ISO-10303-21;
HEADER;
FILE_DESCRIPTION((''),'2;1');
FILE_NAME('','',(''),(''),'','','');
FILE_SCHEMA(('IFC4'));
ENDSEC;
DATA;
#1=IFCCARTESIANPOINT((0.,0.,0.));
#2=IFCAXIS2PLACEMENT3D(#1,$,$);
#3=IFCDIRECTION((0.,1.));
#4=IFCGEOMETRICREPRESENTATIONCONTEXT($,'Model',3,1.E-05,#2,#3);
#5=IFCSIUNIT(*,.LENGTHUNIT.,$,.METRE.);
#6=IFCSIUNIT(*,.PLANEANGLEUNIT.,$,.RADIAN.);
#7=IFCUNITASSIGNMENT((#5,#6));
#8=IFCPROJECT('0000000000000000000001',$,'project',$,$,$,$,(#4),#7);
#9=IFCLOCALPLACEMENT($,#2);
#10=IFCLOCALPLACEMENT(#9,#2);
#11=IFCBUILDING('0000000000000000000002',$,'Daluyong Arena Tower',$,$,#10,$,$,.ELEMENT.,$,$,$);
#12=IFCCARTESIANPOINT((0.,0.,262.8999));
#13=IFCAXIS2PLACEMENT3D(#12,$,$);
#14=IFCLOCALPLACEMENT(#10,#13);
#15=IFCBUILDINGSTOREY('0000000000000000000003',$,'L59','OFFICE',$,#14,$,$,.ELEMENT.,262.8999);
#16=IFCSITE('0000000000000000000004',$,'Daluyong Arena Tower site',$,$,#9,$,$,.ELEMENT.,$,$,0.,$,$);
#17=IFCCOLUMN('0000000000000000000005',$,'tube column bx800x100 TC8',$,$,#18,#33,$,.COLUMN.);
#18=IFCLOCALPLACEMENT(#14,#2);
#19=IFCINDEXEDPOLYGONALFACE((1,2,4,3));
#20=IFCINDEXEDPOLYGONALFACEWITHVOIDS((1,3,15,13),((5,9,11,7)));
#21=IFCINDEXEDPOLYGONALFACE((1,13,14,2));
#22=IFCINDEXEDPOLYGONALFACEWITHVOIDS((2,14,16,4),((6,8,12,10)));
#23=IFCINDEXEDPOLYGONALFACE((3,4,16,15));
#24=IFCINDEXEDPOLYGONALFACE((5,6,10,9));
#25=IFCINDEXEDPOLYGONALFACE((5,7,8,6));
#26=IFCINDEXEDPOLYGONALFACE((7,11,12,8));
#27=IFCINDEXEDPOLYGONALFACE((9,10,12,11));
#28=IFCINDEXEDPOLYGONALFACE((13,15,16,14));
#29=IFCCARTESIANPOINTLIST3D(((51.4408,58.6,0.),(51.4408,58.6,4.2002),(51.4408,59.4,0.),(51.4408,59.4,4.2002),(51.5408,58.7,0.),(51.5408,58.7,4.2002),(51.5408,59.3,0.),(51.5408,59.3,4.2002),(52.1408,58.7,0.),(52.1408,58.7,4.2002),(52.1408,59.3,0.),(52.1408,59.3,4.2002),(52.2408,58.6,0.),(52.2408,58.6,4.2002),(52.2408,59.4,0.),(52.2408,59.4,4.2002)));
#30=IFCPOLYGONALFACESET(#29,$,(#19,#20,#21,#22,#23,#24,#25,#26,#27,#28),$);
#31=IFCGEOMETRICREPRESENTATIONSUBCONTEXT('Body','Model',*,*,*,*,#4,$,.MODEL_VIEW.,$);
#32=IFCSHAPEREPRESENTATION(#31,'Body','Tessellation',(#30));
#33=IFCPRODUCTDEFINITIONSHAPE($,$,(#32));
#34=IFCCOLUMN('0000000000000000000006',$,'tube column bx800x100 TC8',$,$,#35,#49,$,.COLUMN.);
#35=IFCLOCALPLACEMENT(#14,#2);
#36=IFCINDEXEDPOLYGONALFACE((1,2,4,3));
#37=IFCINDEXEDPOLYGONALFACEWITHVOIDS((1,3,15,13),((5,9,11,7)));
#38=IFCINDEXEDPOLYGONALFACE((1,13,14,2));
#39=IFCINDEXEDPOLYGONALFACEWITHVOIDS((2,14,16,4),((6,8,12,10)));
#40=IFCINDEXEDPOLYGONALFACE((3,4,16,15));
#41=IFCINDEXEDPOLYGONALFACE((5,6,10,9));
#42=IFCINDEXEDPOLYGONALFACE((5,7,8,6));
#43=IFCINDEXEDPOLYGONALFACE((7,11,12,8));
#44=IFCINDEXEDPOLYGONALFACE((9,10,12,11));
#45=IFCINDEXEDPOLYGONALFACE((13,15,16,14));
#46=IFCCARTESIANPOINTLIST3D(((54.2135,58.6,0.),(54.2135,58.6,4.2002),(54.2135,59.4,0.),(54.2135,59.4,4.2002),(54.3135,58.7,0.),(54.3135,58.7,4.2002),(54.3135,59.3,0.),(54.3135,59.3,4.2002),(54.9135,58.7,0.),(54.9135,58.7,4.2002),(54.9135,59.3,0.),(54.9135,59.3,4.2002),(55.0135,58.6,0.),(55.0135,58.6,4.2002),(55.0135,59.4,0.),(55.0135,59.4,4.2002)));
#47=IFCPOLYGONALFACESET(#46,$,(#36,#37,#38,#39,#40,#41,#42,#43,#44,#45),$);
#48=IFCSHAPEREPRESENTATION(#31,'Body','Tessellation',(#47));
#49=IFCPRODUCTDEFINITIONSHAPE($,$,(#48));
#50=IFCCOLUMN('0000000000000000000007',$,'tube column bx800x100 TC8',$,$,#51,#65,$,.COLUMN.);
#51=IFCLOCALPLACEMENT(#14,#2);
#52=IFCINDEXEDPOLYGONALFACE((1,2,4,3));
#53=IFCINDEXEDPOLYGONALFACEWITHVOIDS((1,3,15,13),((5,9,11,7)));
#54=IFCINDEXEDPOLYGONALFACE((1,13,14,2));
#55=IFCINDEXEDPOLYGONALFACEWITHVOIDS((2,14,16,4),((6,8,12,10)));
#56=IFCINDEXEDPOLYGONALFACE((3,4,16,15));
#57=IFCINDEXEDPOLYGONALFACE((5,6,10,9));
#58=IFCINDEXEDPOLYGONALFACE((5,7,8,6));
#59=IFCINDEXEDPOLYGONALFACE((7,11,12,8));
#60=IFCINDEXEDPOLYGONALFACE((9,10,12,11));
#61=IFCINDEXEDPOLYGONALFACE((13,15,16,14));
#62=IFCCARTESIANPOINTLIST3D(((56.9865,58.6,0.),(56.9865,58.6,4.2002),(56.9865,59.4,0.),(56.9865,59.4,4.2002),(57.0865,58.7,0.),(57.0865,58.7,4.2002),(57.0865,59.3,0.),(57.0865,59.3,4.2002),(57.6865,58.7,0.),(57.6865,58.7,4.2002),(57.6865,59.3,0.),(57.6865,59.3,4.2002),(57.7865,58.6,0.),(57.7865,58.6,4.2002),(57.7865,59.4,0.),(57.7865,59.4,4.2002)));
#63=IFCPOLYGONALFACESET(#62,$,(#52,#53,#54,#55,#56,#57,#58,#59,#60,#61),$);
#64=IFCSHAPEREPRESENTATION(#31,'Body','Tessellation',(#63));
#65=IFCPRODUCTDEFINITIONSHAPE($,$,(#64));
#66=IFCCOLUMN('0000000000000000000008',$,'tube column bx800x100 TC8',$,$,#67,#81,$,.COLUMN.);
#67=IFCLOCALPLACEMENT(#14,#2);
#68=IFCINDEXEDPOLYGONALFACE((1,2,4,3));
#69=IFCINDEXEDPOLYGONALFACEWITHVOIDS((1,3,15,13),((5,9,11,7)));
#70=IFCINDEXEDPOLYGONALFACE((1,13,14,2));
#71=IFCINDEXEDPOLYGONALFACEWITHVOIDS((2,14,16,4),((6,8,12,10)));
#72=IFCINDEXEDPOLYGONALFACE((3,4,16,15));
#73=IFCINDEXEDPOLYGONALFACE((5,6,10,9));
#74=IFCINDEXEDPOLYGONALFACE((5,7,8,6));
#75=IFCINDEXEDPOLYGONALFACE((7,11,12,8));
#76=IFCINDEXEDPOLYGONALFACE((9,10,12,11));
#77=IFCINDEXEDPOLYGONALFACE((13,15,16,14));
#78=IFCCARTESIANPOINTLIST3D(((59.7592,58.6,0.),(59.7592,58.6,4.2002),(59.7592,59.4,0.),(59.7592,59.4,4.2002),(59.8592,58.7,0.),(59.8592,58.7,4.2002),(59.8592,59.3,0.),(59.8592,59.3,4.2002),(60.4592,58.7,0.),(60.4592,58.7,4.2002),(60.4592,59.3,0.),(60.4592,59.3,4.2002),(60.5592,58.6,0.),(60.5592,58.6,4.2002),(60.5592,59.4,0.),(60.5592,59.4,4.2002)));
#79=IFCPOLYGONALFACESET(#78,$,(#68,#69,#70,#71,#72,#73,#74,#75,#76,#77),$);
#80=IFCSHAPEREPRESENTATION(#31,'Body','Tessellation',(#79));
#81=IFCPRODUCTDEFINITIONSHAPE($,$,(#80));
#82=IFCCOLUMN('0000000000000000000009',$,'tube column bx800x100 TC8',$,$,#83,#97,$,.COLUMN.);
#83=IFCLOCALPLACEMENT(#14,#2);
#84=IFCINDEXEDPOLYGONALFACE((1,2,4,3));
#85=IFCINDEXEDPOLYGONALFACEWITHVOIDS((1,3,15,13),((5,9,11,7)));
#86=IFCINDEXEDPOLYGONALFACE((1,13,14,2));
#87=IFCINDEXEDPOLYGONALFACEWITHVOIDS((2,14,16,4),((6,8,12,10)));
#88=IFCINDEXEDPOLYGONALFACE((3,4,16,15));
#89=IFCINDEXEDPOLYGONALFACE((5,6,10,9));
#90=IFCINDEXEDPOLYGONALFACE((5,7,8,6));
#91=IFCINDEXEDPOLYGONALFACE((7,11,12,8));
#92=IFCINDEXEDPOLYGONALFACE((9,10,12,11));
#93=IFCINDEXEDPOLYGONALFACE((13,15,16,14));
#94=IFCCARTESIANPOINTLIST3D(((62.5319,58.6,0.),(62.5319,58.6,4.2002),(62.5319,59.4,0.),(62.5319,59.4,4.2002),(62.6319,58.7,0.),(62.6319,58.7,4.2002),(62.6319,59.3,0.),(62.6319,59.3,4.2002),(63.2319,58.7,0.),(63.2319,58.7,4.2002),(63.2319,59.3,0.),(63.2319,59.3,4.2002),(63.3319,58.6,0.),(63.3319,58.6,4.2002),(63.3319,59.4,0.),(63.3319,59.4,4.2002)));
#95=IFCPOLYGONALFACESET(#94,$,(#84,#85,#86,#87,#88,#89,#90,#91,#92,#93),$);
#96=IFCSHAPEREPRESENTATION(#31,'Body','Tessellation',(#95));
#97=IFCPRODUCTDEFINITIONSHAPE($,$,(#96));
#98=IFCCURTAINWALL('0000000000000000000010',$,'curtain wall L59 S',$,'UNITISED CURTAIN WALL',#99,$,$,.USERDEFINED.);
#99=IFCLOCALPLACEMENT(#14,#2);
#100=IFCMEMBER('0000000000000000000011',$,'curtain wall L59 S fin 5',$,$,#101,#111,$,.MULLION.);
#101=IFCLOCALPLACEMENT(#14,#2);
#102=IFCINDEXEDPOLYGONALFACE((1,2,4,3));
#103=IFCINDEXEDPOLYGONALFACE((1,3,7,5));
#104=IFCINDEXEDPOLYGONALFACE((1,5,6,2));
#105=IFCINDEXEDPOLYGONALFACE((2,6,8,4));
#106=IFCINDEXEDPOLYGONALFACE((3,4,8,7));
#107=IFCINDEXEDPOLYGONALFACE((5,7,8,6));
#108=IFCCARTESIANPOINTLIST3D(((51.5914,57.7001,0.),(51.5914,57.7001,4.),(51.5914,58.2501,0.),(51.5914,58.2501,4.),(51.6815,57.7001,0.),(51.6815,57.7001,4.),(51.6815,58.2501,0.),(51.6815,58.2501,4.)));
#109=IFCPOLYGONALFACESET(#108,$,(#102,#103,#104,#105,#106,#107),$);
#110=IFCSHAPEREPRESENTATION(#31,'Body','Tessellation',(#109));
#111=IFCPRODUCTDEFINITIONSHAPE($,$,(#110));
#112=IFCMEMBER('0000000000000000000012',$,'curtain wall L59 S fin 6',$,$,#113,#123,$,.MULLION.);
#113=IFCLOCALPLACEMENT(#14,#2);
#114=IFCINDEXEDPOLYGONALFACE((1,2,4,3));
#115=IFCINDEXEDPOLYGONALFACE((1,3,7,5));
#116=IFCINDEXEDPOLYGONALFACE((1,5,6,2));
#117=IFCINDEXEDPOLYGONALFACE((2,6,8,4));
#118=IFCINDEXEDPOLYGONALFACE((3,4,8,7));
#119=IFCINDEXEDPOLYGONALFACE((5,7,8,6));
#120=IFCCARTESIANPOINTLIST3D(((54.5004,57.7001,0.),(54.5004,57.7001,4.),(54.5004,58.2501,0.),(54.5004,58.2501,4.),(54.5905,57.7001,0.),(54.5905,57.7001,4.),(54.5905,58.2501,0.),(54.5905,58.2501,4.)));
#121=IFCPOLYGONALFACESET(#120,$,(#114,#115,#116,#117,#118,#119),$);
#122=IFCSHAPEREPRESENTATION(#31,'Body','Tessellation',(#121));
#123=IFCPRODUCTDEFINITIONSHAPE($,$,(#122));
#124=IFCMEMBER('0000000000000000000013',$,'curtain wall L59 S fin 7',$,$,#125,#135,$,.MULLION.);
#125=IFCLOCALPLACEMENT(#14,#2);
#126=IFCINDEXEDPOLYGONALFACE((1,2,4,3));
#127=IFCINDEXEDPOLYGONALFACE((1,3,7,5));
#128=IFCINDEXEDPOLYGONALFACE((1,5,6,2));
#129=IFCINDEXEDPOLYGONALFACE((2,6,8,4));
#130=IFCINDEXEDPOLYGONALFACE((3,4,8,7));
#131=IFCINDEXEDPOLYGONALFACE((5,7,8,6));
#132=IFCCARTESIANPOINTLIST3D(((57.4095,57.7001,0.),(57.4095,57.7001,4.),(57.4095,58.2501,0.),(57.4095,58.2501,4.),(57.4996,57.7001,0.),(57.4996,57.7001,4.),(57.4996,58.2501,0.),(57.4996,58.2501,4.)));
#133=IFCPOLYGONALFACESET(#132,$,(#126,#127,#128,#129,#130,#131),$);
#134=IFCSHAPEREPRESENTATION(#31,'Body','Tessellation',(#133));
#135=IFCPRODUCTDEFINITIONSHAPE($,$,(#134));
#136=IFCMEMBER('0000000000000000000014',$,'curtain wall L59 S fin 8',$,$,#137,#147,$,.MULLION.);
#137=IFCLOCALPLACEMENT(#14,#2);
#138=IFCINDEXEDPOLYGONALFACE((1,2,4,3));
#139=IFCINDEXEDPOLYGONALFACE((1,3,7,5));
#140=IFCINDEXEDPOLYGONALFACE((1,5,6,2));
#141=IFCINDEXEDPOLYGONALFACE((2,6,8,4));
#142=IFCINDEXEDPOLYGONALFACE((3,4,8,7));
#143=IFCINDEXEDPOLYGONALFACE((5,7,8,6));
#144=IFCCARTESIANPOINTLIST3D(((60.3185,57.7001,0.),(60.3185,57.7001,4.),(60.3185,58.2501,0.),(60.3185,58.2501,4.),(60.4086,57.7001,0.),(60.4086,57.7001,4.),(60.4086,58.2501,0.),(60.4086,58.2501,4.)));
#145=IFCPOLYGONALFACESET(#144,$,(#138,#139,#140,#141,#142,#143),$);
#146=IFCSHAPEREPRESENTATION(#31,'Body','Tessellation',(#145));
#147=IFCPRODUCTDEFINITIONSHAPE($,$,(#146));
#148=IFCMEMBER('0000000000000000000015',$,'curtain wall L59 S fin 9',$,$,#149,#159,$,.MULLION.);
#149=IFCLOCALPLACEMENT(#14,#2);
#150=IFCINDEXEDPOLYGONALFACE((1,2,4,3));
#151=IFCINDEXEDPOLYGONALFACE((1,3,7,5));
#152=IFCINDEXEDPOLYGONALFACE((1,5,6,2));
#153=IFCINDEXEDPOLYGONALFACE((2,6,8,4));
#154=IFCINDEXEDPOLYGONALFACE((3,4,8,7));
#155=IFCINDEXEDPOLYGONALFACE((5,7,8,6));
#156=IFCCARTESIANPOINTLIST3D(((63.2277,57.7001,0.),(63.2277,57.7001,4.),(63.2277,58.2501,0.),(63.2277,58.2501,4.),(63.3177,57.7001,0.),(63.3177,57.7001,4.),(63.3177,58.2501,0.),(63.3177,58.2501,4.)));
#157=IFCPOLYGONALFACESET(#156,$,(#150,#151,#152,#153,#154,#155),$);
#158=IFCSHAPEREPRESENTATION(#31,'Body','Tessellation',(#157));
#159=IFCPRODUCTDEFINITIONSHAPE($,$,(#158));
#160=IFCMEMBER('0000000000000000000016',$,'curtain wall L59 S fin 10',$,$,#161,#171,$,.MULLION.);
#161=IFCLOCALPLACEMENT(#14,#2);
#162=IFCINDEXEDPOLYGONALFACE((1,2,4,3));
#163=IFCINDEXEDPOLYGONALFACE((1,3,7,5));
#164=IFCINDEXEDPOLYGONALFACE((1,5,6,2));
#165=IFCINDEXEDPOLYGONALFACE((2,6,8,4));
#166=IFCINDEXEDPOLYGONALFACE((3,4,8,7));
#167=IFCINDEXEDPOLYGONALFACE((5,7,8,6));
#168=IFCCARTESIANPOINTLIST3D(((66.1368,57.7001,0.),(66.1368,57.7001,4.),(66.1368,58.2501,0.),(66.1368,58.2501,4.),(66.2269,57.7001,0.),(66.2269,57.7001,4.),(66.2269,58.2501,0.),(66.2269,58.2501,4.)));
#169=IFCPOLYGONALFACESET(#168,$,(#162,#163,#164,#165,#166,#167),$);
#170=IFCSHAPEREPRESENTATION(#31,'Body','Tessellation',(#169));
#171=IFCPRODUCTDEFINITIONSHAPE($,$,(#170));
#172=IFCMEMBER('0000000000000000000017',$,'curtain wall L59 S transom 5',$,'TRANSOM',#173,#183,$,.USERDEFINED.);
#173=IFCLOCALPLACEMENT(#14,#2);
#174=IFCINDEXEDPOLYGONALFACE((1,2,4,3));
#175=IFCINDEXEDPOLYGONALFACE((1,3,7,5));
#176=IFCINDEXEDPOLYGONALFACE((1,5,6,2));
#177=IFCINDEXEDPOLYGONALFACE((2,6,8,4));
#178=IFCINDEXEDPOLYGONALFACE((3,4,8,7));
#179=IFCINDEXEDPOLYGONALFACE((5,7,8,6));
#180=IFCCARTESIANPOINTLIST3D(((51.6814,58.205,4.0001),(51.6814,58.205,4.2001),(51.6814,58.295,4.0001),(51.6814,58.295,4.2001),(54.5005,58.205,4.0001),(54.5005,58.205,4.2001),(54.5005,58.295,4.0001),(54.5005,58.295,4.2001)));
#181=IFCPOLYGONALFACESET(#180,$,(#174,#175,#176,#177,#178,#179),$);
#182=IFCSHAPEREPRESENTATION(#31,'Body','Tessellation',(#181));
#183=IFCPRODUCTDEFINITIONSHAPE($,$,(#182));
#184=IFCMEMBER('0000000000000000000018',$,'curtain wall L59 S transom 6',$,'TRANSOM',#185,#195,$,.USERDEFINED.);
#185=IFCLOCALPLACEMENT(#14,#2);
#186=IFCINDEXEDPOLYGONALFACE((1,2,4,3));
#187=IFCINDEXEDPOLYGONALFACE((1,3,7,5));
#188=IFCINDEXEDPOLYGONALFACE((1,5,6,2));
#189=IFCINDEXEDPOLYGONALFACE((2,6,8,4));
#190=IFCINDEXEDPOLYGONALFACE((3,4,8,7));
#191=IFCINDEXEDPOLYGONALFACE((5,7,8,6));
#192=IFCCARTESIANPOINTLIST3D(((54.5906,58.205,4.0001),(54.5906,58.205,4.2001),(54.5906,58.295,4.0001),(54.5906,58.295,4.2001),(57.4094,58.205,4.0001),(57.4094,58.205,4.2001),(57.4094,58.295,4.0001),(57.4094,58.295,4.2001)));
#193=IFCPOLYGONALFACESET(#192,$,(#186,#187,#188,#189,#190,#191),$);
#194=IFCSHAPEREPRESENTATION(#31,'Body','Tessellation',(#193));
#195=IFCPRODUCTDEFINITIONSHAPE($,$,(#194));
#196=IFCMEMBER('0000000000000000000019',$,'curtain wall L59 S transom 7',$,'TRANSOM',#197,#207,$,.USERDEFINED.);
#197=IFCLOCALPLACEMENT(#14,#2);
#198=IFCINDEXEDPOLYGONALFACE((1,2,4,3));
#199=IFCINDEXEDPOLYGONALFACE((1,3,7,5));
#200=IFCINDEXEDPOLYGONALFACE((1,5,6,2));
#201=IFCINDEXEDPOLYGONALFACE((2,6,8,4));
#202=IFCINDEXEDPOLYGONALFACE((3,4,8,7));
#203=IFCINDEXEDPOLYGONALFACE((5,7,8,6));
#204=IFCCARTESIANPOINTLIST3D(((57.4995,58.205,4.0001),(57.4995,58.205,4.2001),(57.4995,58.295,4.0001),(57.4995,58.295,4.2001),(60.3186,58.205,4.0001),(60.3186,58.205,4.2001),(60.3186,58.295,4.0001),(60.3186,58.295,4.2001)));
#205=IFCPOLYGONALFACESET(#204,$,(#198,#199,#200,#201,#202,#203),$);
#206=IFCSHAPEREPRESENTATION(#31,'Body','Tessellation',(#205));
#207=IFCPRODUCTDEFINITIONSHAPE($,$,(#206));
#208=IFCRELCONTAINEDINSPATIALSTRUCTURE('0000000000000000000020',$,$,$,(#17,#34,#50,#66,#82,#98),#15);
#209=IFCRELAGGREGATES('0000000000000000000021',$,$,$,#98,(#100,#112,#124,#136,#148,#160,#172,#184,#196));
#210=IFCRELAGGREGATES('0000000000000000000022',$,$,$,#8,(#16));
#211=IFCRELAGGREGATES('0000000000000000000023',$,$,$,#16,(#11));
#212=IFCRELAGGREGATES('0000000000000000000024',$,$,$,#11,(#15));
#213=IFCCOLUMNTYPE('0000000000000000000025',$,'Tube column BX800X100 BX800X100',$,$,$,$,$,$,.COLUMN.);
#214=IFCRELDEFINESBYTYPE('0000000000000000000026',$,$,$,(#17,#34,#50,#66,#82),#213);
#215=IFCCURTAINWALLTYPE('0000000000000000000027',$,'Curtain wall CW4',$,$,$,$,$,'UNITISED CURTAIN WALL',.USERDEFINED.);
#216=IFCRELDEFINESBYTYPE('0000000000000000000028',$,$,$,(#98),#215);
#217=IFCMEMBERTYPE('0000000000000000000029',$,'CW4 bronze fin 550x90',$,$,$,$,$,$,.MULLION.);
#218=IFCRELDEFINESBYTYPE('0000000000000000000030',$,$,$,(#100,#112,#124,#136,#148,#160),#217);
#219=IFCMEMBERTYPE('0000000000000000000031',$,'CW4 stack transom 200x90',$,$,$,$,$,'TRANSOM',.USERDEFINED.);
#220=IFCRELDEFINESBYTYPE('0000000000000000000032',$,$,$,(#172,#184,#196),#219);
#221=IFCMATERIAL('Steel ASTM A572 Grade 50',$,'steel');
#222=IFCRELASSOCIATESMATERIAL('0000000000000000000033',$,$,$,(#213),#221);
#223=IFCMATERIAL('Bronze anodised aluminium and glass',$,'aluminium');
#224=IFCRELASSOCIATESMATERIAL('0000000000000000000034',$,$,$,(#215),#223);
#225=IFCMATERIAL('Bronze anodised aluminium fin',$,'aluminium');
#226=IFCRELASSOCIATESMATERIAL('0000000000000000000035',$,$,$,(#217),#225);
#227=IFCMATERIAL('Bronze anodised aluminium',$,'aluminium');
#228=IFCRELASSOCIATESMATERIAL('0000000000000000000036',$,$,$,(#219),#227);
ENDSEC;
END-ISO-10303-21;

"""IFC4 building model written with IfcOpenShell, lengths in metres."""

from ifc_helpers import new_model, si_unit, direction, frame, origin, origin_2d, place, context, subcontext, project, spatial, rectangle, hollow_rectangle, extrude, material, material_profile, profile_set, type_object, element, aggregate, save


model = new_model("IFC4")

# Units and contexts
model_context = context("Model", 3, precision=1e-05, world=origin(), true_north=direction((0.0, 1.0)))
body_context = subcontext(model_context, "Body", "Model", "MODEL_VIEW")
ifc_project = project(units=[si_unit("LENGTHUNIT", "METRE"), si_unit("PLANEANGLEUNIT", "RADIAN")], contexts=[model_context])

# Site, building, storey
site_placement = place(None, origin())
site = spatial("IfcSite", under=ifc_project, at=site_placement, Name="Daluyong Arena Tower site", CompositionType="ELEMENT", RefElevation=0.0)
building_placement = place(site_placement, origin())
building = spatial("IfcBuilding", under=site, at=building_placement, Name="Daluyong Arena Tower", CompositionType="ELEMENT")
storey_placement = place(building_placement, frame((0.0, 0.0, 262.8999)))
storey = spatial("IfcBuildingStorey", under=building, at=storey_placement, Name="L59", Description="OFFICE", CompositionType="ELEMENT", Elevation=262.8999)

# Columns
ifc_material_1 = material(Name="Steel ASTM A572 Grade 50", Category="steel")
ifc_material_profile_1 = material_profile(ifc_material_1, hollow_rectangle(XDim=0.8, YDim=0.8, WallThickness=0.1, at=origin_2d()))
ifc_profile_set_1 = profile_set([ifc_material_profile_1], Name="Steel ASTM A572 Grade 50")
column_type = type_object("IfcColumnType", Name="Tube column BX800X100 BX800X100", PredefinedType="COLUMN", material=ifc_profile_set_1)
for number, where, z_axis, x_axis, name in (
    (1, (51.8408, 59.0, 0.0), (0.0, 0.0, 1.0), (1.0, 0.0, 0.0), "tube column bx800x100 TC8"),
    (2, (54.6135, 59.0, 0.0), (0.0, 0.0, 1.0), (1.0, 0.0, 0.0), "tube column bx800x100 TC8"),
    (3, (57.3865, 59.0, 0.0), (0.0, 0.0, 1.0), (1.0, 0.0, 0.0), "tube column bx800x100 TC8"),
    (4, (60.1592, 59.0, 0.0), (0.0, 0.0, 1.0), (1.0, 0.0, 0.0), "tube column bx800x100 TC8"),
    (5, (62.9319, 59.0, 0.0), (0.0, 0.0, 1.0), (1.0, 0.0, 0.0), "tube column bx800x100 TC8"),
):
    element("IfcColumn", number, at=place(storey_placement, frame(where, z_axis=z_axis, x_axis=x_axis)), inside=storey, type_object=column_type, Name=name, PredefinedType="COLUMN", context=body_context, shape_type="SweptSolid", body=[
        extrude(hollow_rectangle(XDim=0.8, YDim=0.8, WallThickness=0.1, at=origin_2d()), origin(), (0.0, 0.0, 1.0), 4.2002),
    ])

# Curtain wall, members
ifc_material_2 = material(Name="Bronze anodised aluminium and glass", Category="aluminium")
curtain_wall_type = type_object("IfcCurtainWallType", Name="Curtain wall CW4", ElementType="UNITISED CURTAIN WALL", PredefinedType="USERDEFINED", material=ifc_material_2)
curtain_wall_placement = place(storey_placement, origin())
curtain_wall = element("IfcCurtainWall", 6, at=curtain_wall_placement, inside=storey, type_object=curtain_wall_type, Name="curtain wall L59 S", ObjectType="UNITISED CURTAIN WALL", PredefinedType="USERDEFINED")
ifc_material_3 = material(Name="Bronze anodised aluminium fin", Category="aluminium")
ifc_material_profile_2 = material_profile(ifc_material_3, rectangle(XDim=0.55, YDim=0.0901, at=origin_2d()))
ifc_profile_set_2 = profile_set([ifc_material_profile_2], Name="Bronze anodised aluminium fin")
member_type_1 = type_object("IfcMemberType", Name="CW4 bronze fin 550x90", PredefinedType="MULLION", material=ifc_profile_set_2)
member_1_placement = place(storey_placement, frame((51.6365, 57.9751, 0.0), z_axis=(0.0, 0.0, 1.0), x_axis=(0.0, 1.0, 0.0)))
member_1 = element("IfcMember", 7, at=member_1_placement, type_object=member_type_1, Name="curtain wall L59 S fin 5", PredefinedType="MULLION", context=body_context, shape_type="SweptSolid", body=[
    extrude(rectangle(XDim=0.55, YDim=0.0901, at=origin_2d()), origin(), (0.0, 0.0, 1.0), 4.0),
])
member_2_placement = place(storey_placement, frame((54.5454, 57.9751, 0.0), z_axis=(0.0, 0.0, 1.0), x_axis=(0.0, 1.0, 0.0)))
member_2 = element("IfcMember", 8, at=member_2_placement, type_object=member_type_1, Name="curtain wall L59 S fin 6", PredefinedType="MULLION", context=body_context, shape_type="SweptSolid", body=[
    extrude(rectangle(XDim=0.55, YDim=0.0901, at=origin_2d()), origin(), (0.0, 0.0, 1.0), 4.0),
])
member_3_placement = place(storey_placement, frame((57.4546, 57.9751, 0.0), z_axis=(0.0, 0.0, 1.0), x_axis=(0.0, 1.0, 0.0)))
member_3 = element("IfcMember", 9, at=member_3_placement, type_object=member_type_1, Name="curtain wall L59 S fin 7", PredefinedType="MULLION", context=body_context, shape_type="SweptSolid", body=[
    extrude(rectangle(XDim=0.55, YDim=0.0901, at=origin_2d()), origin(), (0.0, 0.0, 1.0), 4.0),
])
member_4_placement = place(storey_placement, frame((60.3635, 57.9751, 0.0), z_axis=(0.0, 0.0, 1.0), x_axis=(0.0, 1.0, 0.0)))
member_4 = element("IfcMember", 10, at=member_4_placement, type_object=member_type_1, Name="curtain wall L59 S fin 8", PredefinedType="MULLION", context=body_context, shape_type="SweptSolid", body=[
    extrude(rectangle(XDim=0.55, YDim=0.0901, at=origin_2d()), origin(), (0.0, 0.0, 1.0), 4.0),
])
member_5_placement = place(storey_placement, frame((63.2727, 57.9751, 0.0), z_axis=(0.0, 0.0, 1.0), x_axis=(0.0, 1.0, 0.0)))
member_5 = element("IfcMember", 11, at=member_5_placement, type_object=member_type_1, Name="curtain wall L59 S fin 9", PredefinedType="MULLION", context=body_context, shape_type="SweptSolid", body=[
    extrude(rectangle(XDim=0.55, YDim=0.0901, at=origin_2d()), origin(), (0.0, 0.0, 1.0), 4.0),
])
member_6_placement = place(storey_placement, frame((66.1819, 57.9751, 0.0), z_axis=(0.0, 0.0, 1.0), x_axis=(0.0, 1.0, 0.0)))
member_6 = element("IfcMember", 12, at=member_6_placement, type_object=member_type_1, Name="curtain wall L59 S fin 10", PredefinedType="MULLION", context=body_context, shape_type="SweptSolid", body=[
    extrude(rectangle(XDim=0.55, YDim=0.0901, at=origin_2d()), origin(), (0.0, 0.0, 1.0), 4.0),
])
ifc_material_4 = material(Name="Bronze anodised aluminium", Category="aluminium")
ifc_material_profile_3 = material_profile(ifc_material_4, rectangle(XDim=0.0901, YDim=0.2, at=origin_2d()))
ifc_profile_set_3 = profile_set([ifc_material_profile_3], Name="Bronze anodised aluminium")
member_type_2 = type_object("IfcMemberType", Name="CW4 stack transom 200x90", ElementType="TRANSOM", PredefinedType="USERDEFINED", material=ifc_profile_set_3)
member_7_placement = place(storey_placement, frame((51.6814, 58.25, 4.1001), z_axis=(1.0, 0.0, 0.0), x_axis=(0.0, 1.0, 0.0)))
member_7 = element("IfcMember", 13, at=member_7_placement, type_object=member_type_2, Name="curtain wall L59 S transom 5", ObjectType="TRANSOM", PredefinedType="USERDEFINED", context=body_context, shape_type="SweptSolid", body=[
    extrude(rectangle(XDim=0.0901, YDim=0.2, at=origin_2d()), origin(), (0.0, 0.0, 1.0), 2.8191),
])
member_8_placement = place(storey_placement, frame((54.5906, 58.25, 4.1001), z_axis=(1.0, 0.0, 0.0), x_axis=(0.0, 1.0, 0.0)))
member_8 = element("IfcMember", 14, at=member_8_placement, type_object=member_type_2, Name="curtain wall L59 S transom 6", ObjectType="TRANSOM", PredefinedType="USERDEFINED", context=body_context, shape_type="SweptSolid", body=[
    extrude(rectangle(XDim=0.0901, YDim=0.2, at=origin_2d()), origin(), (0.0, 0.0, 1.0), 2.8188),
])
member_9_placement = place(storey_placement, frame((57.4995, 58.25, 4.1001), z_axis=(1.0, 0.0, 0.0), x_axis=(0.0, 1.0, 0.0)))
member_9 = element("IfcMember", 15, at=member_9_placement, type_object=member_type_2, Name="curtain wall L59 S transom 7", ObjectType="TRANSOM", PredefinedType="USERDEFINED", context=body_context, shape_type="SweptSolid", body=[
    extrude(rectangle(XDim=0.0901, YDim=0.2, at=origin_2d()), origin(), (0.0, 0.0, 1.0), 2.8191),
])

aggregate(curtain_wall, [member_1, member_2, member_3, member_4, member_5, member_6, member_7, member_8, member_9])

save(model, "model.ifc")
